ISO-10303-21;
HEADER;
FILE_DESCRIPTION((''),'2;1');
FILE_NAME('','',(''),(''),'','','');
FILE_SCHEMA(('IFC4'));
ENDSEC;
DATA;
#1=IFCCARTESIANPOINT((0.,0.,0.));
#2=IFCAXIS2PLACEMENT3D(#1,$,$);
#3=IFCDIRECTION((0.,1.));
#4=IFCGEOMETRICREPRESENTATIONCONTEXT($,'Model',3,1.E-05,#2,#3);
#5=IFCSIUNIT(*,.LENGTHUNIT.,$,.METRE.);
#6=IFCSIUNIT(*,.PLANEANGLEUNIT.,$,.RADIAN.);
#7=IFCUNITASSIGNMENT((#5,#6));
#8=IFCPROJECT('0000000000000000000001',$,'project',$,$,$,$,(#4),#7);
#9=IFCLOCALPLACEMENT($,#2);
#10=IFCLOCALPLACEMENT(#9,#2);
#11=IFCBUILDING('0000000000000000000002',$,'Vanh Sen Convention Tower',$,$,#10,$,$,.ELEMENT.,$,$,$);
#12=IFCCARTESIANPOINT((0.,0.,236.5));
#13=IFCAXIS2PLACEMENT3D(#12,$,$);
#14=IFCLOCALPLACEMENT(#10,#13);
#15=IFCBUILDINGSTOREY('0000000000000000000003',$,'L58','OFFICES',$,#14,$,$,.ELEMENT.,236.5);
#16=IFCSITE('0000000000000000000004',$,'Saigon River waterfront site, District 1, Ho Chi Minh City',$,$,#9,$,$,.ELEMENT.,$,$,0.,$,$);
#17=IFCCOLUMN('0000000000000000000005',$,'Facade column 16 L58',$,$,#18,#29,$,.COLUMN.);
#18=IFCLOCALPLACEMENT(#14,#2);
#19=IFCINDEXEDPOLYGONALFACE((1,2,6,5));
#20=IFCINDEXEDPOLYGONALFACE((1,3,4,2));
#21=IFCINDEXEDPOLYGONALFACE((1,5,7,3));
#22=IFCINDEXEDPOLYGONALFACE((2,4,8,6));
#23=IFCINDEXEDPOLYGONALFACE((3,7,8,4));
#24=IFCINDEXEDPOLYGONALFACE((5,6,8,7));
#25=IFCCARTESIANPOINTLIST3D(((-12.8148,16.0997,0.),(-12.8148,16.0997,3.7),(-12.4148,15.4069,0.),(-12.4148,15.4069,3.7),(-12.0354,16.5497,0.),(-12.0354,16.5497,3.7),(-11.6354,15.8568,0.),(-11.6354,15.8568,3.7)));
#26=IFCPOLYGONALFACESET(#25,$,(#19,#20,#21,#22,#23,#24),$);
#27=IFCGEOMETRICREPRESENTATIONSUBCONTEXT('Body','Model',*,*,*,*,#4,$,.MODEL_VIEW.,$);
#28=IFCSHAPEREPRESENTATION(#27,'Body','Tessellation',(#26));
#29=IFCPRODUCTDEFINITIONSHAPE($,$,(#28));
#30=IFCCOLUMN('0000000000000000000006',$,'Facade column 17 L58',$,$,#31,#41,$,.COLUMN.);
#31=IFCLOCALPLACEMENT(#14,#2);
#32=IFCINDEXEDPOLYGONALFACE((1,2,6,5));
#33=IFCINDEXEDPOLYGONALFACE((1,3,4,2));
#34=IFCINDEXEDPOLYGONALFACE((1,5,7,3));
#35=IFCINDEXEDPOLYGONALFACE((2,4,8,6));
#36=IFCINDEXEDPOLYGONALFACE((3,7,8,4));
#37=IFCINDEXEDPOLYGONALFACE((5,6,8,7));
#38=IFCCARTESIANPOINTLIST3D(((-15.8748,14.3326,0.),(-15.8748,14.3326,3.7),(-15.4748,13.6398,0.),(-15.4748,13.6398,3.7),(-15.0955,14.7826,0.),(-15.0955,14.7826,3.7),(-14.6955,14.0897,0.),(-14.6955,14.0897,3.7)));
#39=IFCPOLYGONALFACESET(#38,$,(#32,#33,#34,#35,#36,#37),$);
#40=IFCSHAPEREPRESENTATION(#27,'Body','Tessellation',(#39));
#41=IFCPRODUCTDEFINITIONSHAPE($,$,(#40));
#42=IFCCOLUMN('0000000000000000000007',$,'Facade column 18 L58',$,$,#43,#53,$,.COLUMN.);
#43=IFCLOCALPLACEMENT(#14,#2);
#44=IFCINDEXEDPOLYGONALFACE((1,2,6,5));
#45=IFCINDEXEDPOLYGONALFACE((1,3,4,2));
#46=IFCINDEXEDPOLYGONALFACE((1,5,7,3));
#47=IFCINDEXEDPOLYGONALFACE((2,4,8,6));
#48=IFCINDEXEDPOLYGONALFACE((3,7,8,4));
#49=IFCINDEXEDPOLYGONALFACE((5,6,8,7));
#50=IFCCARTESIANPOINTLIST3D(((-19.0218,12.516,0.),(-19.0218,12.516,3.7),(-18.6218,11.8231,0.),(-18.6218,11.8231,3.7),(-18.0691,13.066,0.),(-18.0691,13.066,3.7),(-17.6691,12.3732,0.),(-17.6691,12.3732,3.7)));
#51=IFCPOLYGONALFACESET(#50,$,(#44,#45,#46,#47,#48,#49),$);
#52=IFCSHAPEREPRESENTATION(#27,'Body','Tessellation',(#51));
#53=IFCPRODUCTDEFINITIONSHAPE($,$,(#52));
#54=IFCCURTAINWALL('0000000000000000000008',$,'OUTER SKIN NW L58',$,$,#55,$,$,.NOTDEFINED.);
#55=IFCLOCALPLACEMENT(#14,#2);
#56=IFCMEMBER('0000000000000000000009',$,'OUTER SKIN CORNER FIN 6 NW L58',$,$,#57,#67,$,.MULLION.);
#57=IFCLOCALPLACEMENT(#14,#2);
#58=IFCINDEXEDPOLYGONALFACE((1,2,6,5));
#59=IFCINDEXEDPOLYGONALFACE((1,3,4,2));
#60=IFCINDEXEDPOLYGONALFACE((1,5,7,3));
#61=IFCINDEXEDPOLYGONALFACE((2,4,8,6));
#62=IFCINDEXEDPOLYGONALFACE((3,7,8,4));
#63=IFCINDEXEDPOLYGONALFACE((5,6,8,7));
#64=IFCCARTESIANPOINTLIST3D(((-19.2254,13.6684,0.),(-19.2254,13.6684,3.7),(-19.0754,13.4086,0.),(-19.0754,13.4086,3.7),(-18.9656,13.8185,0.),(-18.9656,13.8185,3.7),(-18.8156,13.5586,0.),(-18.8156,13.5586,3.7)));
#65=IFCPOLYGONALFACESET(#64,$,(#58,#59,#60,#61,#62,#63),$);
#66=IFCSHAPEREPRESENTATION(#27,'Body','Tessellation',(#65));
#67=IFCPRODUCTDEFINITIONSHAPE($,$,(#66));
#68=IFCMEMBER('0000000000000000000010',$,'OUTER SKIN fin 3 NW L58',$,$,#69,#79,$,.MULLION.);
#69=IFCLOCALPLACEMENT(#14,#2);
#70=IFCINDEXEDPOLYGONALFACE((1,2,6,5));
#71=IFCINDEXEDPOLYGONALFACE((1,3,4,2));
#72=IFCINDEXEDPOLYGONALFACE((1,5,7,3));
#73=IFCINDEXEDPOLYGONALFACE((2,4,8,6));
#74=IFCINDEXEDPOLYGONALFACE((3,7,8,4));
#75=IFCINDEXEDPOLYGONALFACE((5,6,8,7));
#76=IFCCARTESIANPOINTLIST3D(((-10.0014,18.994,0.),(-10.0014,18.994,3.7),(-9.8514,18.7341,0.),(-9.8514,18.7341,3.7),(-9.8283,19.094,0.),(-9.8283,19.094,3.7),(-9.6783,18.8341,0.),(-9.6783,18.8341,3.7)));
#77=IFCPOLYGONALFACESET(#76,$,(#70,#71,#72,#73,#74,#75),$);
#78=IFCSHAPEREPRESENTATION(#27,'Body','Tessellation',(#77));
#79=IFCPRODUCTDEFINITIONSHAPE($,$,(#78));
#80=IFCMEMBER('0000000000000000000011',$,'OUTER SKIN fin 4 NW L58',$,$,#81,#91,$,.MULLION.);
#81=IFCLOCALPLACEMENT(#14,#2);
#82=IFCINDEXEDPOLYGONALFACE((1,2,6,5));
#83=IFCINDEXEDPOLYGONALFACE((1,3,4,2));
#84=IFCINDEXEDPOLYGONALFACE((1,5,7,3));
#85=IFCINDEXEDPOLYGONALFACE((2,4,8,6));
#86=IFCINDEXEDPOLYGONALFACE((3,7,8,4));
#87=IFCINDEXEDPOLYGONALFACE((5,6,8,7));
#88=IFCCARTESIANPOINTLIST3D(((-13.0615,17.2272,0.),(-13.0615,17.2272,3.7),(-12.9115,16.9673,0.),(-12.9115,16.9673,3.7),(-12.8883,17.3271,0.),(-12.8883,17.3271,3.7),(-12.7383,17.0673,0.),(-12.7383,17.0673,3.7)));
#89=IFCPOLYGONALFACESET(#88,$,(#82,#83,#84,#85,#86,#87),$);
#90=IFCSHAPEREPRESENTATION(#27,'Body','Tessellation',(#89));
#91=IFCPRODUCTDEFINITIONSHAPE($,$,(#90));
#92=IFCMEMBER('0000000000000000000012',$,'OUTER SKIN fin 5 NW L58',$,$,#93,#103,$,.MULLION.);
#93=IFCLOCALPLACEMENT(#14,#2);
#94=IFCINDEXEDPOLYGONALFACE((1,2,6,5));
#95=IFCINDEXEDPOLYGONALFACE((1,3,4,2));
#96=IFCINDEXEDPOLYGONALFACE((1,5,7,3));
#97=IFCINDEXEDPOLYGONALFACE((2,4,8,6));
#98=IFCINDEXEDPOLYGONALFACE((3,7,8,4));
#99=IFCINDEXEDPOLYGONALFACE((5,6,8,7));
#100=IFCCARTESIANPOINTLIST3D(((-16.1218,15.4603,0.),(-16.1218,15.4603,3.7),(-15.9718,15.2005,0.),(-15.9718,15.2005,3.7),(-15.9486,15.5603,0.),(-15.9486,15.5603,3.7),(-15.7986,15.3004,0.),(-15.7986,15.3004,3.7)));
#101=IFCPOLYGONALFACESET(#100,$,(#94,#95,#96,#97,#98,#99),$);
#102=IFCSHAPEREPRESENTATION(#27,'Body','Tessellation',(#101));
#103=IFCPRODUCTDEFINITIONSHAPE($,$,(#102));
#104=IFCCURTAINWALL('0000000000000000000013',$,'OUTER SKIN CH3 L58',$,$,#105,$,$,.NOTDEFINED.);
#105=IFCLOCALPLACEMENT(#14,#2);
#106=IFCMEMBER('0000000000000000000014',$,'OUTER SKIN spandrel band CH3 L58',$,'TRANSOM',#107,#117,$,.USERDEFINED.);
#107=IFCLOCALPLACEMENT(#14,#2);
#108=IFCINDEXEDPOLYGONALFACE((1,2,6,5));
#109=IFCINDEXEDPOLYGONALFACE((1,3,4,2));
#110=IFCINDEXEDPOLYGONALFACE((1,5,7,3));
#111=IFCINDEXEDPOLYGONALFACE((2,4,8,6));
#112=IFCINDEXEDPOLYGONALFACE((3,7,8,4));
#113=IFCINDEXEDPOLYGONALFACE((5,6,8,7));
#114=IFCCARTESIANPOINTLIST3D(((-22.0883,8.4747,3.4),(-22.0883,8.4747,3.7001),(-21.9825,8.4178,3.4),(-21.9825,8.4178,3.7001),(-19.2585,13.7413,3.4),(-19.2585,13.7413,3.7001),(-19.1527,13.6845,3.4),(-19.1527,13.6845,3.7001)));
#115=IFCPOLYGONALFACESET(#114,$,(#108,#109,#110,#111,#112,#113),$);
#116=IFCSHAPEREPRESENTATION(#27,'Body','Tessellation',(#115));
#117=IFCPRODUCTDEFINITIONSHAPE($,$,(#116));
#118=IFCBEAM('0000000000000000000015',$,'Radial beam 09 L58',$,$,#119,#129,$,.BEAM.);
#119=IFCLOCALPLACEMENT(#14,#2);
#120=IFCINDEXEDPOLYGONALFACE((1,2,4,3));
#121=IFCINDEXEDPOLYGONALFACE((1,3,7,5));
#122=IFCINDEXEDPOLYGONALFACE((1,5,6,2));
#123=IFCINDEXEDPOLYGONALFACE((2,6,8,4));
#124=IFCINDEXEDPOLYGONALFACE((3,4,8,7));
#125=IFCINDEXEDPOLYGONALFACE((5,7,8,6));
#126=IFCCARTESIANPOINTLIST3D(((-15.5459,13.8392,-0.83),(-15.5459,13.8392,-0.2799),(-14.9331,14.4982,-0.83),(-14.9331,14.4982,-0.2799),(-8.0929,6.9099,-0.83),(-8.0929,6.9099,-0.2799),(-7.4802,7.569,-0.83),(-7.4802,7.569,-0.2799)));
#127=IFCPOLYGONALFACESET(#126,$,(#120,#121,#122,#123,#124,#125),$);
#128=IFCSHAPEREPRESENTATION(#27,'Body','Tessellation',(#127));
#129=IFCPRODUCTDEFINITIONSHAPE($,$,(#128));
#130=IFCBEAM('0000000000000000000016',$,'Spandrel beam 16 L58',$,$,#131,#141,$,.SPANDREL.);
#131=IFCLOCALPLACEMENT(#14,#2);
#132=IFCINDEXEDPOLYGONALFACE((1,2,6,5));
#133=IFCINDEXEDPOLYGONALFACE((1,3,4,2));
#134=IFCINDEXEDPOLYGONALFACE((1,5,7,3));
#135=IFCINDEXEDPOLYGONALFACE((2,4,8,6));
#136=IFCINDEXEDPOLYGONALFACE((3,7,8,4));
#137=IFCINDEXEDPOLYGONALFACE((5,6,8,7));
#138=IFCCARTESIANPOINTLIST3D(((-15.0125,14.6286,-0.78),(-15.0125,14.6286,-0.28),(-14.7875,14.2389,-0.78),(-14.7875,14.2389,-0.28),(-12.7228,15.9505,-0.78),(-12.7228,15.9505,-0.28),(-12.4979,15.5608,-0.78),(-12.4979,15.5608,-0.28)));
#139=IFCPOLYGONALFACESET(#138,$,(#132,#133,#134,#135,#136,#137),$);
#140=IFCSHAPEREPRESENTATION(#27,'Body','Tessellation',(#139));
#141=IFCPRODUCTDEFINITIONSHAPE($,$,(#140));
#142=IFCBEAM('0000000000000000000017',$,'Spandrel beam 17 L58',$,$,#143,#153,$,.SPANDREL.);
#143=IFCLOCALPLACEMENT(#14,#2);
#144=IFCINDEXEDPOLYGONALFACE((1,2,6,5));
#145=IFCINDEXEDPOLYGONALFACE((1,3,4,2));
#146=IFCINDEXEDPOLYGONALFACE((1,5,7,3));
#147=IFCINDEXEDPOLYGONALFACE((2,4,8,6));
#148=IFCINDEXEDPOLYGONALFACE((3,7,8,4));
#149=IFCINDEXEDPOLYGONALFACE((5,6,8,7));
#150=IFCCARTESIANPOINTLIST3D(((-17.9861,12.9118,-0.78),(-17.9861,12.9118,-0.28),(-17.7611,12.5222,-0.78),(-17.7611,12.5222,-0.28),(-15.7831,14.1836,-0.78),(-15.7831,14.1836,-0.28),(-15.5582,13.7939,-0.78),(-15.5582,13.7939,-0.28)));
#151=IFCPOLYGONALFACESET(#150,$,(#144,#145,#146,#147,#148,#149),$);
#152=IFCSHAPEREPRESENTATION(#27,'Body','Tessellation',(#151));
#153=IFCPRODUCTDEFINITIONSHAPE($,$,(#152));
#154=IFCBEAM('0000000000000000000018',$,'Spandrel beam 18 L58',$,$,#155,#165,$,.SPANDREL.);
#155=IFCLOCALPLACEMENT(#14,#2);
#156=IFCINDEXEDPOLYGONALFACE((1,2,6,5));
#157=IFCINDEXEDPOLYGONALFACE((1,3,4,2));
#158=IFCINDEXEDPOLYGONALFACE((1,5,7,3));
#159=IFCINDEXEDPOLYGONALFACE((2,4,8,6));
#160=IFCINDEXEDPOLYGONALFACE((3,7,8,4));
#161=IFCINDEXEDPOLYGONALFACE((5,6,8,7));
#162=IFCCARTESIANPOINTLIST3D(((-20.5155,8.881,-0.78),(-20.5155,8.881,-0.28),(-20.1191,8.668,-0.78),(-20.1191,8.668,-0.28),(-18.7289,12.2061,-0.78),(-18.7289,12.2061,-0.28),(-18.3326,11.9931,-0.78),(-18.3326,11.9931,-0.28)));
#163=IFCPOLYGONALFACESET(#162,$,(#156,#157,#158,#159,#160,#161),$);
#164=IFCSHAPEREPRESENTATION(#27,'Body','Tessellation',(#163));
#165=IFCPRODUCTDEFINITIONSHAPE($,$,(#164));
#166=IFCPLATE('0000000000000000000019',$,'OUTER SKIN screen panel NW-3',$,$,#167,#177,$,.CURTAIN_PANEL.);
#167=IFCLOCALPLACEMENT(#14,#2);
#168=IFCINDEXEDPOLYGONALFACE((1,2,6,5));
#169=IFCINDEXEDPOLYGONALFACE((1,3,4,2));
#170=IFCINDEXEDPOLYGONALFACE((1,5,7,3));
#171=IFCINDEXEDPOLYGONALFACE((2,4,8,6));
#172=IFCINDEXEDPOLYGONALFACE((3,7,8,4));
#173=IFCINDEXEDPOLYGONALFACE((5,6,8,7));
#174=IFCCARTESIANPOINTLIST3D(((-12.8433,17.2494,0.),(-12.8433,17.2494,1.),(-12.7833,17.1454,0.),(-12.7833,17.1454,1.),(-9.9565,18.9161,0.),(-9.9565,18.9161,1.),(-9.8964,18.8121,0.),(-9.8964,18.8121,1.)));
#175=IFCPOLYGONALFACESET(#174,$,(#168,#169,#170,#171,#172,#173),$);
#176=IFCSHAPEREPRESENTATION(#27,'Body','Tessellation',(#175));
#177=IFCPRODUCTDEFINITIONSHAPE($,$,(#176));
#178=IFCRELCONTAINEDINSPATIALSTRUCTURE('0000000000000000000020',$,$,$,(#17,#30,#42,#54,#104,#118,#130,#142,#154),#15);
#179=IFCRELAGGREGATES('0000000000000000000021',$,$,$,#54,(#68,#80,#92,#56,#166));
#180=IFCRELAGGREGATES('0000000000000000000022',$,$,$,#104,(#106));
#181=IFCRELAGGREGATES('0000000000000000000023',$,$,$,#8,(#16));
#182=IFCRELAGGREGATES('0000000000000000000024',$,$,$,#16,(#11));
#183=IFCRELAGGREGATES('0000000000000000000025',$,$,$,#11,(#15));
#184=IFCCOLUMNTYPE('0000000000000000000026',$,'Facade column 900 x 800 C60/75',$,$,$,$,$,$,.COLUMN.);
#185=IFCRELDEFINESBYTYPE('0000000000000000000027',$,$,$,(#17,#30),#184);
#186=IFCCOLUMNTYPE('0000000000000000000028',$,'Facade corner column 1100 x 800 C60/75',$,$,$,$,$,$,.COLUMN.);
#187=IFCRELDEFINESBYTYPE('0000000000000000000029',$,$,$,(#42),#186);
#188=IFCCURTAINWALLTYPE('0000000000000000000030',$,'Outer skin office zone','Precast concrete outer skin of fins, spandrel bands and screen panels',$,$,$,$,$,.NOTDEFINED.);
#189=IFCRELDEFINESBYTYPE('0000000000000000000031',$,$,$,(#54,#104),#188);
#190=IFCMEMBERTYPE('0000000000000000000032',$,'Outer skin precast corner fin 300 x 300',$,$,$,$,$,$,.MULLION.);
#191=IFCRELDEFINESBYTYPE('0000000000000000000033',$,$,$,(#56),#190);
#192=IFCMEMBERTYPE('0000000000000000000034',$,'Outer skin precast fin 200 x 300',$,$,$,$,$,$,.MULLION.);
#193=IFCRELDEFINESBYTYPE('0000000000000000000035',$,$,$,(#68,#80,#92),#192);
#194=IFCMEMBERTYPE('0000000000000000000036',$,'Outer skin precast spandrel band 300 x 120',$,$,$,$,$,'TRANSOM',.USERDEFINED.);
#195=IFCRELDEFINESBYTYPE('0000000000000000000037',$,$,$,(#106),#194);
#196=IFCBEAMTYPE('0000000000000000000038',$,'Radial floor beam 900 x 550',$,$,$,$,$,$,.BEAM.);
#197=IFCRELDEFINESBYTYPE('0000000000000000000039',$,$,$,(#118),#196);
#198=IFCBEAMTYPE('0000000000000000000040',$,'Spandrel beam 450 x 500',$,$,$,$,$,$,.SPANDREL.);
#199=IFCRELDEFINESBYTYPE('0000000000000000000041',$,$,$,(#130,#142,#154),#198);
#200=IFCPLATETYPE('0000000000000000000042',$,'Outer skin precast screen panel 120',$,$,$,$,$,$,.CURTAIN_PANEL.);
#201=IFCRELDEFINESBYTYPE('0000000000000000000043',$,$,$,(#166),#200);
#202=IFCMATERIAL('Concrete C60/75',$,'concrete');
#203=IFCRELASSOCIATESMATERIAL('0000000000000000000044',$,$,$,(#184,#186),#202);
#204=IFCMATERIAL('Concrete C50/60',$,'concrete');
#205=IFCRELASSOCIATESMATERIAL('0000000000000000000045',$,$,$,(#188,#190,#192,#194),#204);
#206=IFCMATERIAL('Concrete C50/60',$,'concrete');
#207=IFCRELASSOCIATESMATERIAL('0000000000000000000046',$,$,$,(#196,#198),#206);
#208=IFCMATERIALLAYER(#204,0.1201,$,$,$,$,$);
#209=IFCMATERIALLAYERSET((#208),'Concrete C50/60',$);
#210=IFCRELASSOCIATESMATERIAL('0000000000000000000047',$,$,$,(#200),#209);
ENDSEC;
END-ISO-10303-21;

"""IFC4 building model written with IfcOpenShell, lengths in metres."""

from ifc_helpers import new_model, si_unit, direction, frame, origin, origin_2d, place, context, subcontext, project, spatial, rectangle, extrude, material, layer, layer_set, material_profile, profile_set, type_object, element, aggregate, save


model = new_model("IFC4")

# Units and contexts
model_context = context("Model", 3, precision=1e-05, world=origin(), true_north=direction((0.0, 1.0)))
body_context = subcontext(model_context, "Body", "Model", "MODEL_VIEW")
ifc_project = project(units=[si_unit("LENGTHUNIT", "METRE"), si_unit("PLANEANGLEUNIT", "RADIAN")], contexts=[model_context])

# Site, building, storey
site_placement = place(None, origin())
site = spatial("IfcSite", under=ifc_project, at=site_placement, Name="Saigon River waterfront site, District 1, Ho Chi Minh City", CompositionType="ELEMENT", RefElevation=0.0)
building_placement = place(site_placement, origin())
building = spatial("IfcBuilding", under=site, at=building_placement, Name="Vanh Sen Convention Tower", CompositionType="ELEMENT")
storey_placement = place(building_placement, frame((0.0, 0.0, 236.5)))
storey = spatial("IfcBuildingStorey", under=building, at=storey_placement, Name="L58", Description="OFFICES", CompositionType="ELEMENT", Elevation=236.5)

# Columns
ifc_material_1 = material(Name="Concrete C60/75", Category="concrete")
ifc_material_profile_1 = material_profile(ifc_material_1, rectangle(XDim=0.8999, YDim=0.8, at=origin_2d()), Name="RC 900X800")
ifc_profile_set_1 = profile_set([ifc_material_profile_1], Name="Concrete C60/75")
column_type_1 = type_object("IfcColumnType", Name="Facade column 900 x 800 C60/75", PredefinedType="COLUMN", material=ifc_profile_set_1)
for number, where, z_axis, x_axis, name in (
    (1, (-12.2251, 15.9783, 0.0), (0.0, 0.0, 1.0), (-0.866025, -0.5, 0.0), "Facade column 16 L58"),
    (2, (-15.2852, 14.2112, 0.0), (0.0, 0.0, 1.0), (-0.866025, -0.5, 0.0), "Facade column 17 L58"),
):
    element("IfcColumn", number, at=place(storey_placement, frame(where, z_axis=z_axis, x_axis=x_axis)), inside=storey, type_object=column_type_1, Name=name, PredefinedType="COLUMN", context=body_context, shape_type="SweptSolid", body=[
        extrude(rectangle(XDim=0.8999, YDim=0.8, at=origin_2d()), origin(), (0.0, 0.0, 1.0), 3.7),
    ])
ifc_material_profile_2 = material_profile(ifc_material_1, rectangle(XDim=1.1001, YDim=0.8, at=origin_2d()), Name="RC 1100X800")
ifc_profile_set_2 = profile_set([ifc_material_profile_2], Name="Concrete C60/75")
column_type_2 = type_object("IfcColumnType", Name="Facade corner column 1100 x 800 C60/75", PredefinedType="COLUMN", material=ifc_profile_set_2)
column_placement = place(storey_placement, frame((-18.3455, 12.4446, 0.0), z_axis=(0.0, 0.0, 1.0), x_axis=(-0.866025, -0.5, 0.0)))
element("IfcColumn", 3, at=column_placement, inside=storey, type_object=column_type_2, Name="Facade column 18 L58", PredefinedType="COLUMN", context=body_context, shape_type="SweptSolid", body=[
    extrude(rectangle(XDim=1.1001, YDim=0.8, at=origin_2d()), origin(), (0.0, 0.0, 1.0), 3.7),
])

# Curtain wall, members
ifc_material_2 = material(Name="Concrete C50/60", Category="concrete")
curtain_wall_type = type_object("IfcCurtainWallType", Name="Outer skin office zone", Description="Precast concrete outer skin of fins, spandrel bands and screen panels", PredefinedType="NOTDEFINED", material=ifc_material_2)
curtain_wall_1_placement = place(storey_placement, origin())
curtain_wall_1 = element("IfcCurtainWall", 4, at=curtain_wall_1_placement, inside=storey, type_object=curtain_wall_type, Name="OUTER SKIN NW L58", PredefinedType="NOTDEFINED")
ifc_material_profile_3 = material_profile(ifc_material_2, rectangle(XDim=0.3, YDim=0.3, at=origin_2d()), Name="Outer skin precast corner fin 300 x 300")
ifc_profile_set_3 = profile_set([ifc_material_profile_3], Name="Concrete C50/60")
member_type_1 = type_object("IfcMemberType", Name="Outer skin precast corner fin 300 x 300", PredefinedType="MULLION", material=ifc_profile_set_3)
member_1_placement = place(storey_placement, frame((-19.0205, 13.6135, 0.0), z_axis=(0.0, 0.0, 1.0), x_axis=(-0.866025, -0.5, 0.0)))
member_1 = element("IfcMember", 5, at=member_1_placement, type_object=member_type_1, Name="OUTER SKIN CORNER FIN 6 NW L58", PredefinedType="MULLION", context=body_context, shape_type="SweptSolid", body=[
    extrude(rectangle(XDim=0.3, YDim=0.3, at=origin_2d()), origin(), (0.0, 0.0, 1.0), 3.7),
])
ifc_material_profile_4 = material_profile(ifc_material_2, rectangle(XDim=0.2, YDim=0.3, at=origin_2d()), Name="Outer skin precast fin 200 x 300")
ifc_profile_set_4 = profile_set([ifc_material_profile_4], Name="Concrete C50/60")
member_type_2 = type_object("IfcMemberType", Name="Outer skin precast fin 200 x 300", PredefinedType="MULLION", material=ifc_profile_set_4)
member_2_placement = place(storey_placement, frame((-9.8398, 18.9141, 0.0), z_axis=(0.0, 0.0, 1.0), x_axis=(-0.866025, -0.5, 0.0)))
member_2 = element("IfcMember", 6, at=member_2_placement, type_object=member_type_2, Name="OUTER SKIN fin 3 NW L58", PredefinedType="MULLION", context=body_context, shape_type="SweptSolid", body=[
    extrude(rectangle(XDim=0.2, YDim=0.3, at=origin_2d()), origin(), (0.0, 0.0, 1.0), 3.7),
])
member_3_placement = place(storey_placement, frame((-12.8999, 17.1472, 0.0), z_axis=(0.0, 0.0, 1.0), x_axis=(-0.866025, -0.5, 0.0)))
member_3 = element("IfcMember", 7, at=member_3_placement, type_object=member_type_2, Name="OUTER SKIN fin 4 NW L58", PredefinedType="MULLION", context=body_context, shape_type="SweptSolid", body=[
    extrude(rectangle(XDim=0.2, YDim=0.3, at=origin_2d()), origin(), (0.0, 0.0, 1.0), 3.7),
])
member_4_placement = place(storey_placement, frame((-15.9602, 15.3804, 0.0), z_axis=(0.0, 0.0, 1.0), x_axis=(-0.866025, -0.5, 0.0)))
member_4 = element("IfcMember", 8, at=member_4_placement, type_object=member_type_2, Name="OUTER SKIN fin 5 NW L58", PredefinedType="MULLION", context=body_context, shape_type="SweptSolid", body=[
    extrude(rectangle(XDim=0.2, YDim=0.3, at=origin_2d()), origin(), (0.0, 0.0, 1.0), 3.7),
])

# Curtain wall, member
curtain_wall_2_placement = place(storey_placement, origin())
curtain_wall_2 = element("IfcCurtainWall", 9, at=curtain_wall_2_placement, inside=storey, type_object=curtain_wall_type, Name="OUTER SKIN CH3 L58", PredefinedType="NOTDEFINED")
ifc_material_profile_5 = material_profile(ifc_material_2, rectangle(XDim=0.1201, YDim=0.3, at=origin_2d()), Name="Outer skin precast spandrel band 300 x 120")
ifc_profile_set_5 = profile_set([ifc_material_profile_5], Name="Concrete C50/60")
member_type_3 = type_object("IfcMemberType", Name="Outer skin precast spandrel band 300 x 120", ElementType="TRANSOM", PredefinedType="USERDEFINED", material=ifc_profile_set_5)
member_5_placement = place(storey_placement, frame((-19.2056, 13.7129, 3.55), z_axis=(-0.473318, -0.880892, 0.0), x_axis=(0.880892, -0.473318, 0.0)))
member_5 = element("IfcMember", 10, at=member_5_placement, type_object=member_type_3, Name="OUTER SKIN spandrel band CH3 L58", ObjectType="TRANSOM", PredefinedType="USERDEFINED", context=body_context, shape_type="SweptSolid", body=[
    extrude(rectangle(XDim=0.1201, YDim=0.3, at=origin_2d()), origin(), (0.0, 0.0, 1.0), 5.9788),
])

# Beams
ifc_material_3 = material(Name="Concrete C50/60", Category="concrete")
ifc_material_profile_6 = material_profile(ifc_material_3, rectangle(XDim=0.8999, YDim=0.55, at=origin_2d()), Name="RC 900X550")
ifc_profile_set_6 = profile_set([ifc_material_profile_6], Name="Concrete C50/60")
beam_type_1 = type_object("IfcBeamType", Name="Radial floor beam 900 x 550", PredefinedType="BEAM", material=ifc_profile_set_6)
beam_1_placement = place(storey_placement, frame((-15.2395, 14.1687, -0.5549), z_axis=(0.732369, -0.680908, 0.0), x_axis=(0.680908, 0.732369, 0.0)))
element("IfcBeam", 11, at=beam_1_placement, inside=storey, type_object=beam_type_1, Name="Radial beam 09 L58", PredefinedType="BEAM", context=body_context, shape_type="SweptSolid", body=[
    extrude(rectangle(XDim=0.8999, YDim=0.55, at=origin_2d()), origin(), (0.0, 0.0, 1.0), 10.1765),
])
ifc_material_profile_7 = material_profile(ifc_material_3, rectangle(XDim=0.45, YDim=0.5, at=origin_2d()), Name="RC 450X500")
ifc_profile_set_7 = profile_set([ifc_material_profile_7], Name="Concrete C50/60")
beam_type_2 = type_object("IfcBeamType", Name="Spandrel beam 450 x 500", PredefinedType="SPANDREL", material=ifc_profile_set_7)
beam_2_placement = place(storey_placement, frame((-12.6104, 15.7556, -0.53), z_axis=(-0.866041, -0.499973, 0.0), x_axis=(0.499973, -0.866041, 0.0)))
element("IfcBeam", 12, at=beam_2_placement, inside=storey, type_object=beam_type_2, Name="Spandrel beam 16 L58", PredefinedType="SPANDREL", context=body_context, shape_type="SweptSolid", body=[
    extrude(rectangle(XDim=0.45, YDim=0.5, at=origin_2d()), origin(), (0.0, 0.0, 1.0), 2.6438),
])
beam_3_placement = place(storey_placement, frame((-15.6707, 13.9888, -0.53), z_axis=(-0.866043, -0.499969, 0.0), x_axis=(0.499969, -0.866043, 0.0)))
element("IfcBeam", 13, at=beam_3_placement, inside=storey, type_object=beam_type_2, Name="Spandrel beam 17 L58", PredefinedType="SPANDREL", context=body_context, shape_type="SweptSolid", body=[
    extrude(rectangle(XDim=0.45, YDim=0.5, at=origin_2d()), origin(), (0.0, 0.0, 1.0), 2.5437),
])
beam_4_placement = place(storey_placement, frame((-18.5308, 12.0996, -0.53), z_axis=(-0.473305, -0.880899, 0.0), x_axis=(0.880899, -0.473305, 0.0)))
element("IfcBeam", 14, at=beam_4_placement, inside=storey, type_object=beam_type_2, Name="Spandrel beam 18 L58", PredefinedType="SPANDREL", context=body_context, shape_type="SweptSolid", body=[
    extrude(rectangle(XDim=0.45, YDim=0.5, at=origin_2d()), origin(), (0.0, 0.0, 1.0), 3.7747),
])

# Plate
ifc_layer_1 = layer(ifc_material_2, 0.1201)
ifc_layer_set_1 = layer_set([ifc_layer_1], Name="Concrete C50/60")
plate_type = type_object("IfcPlateType", Name="Outer skin precast screen panel 120", PredefinedType="CURTAIN_PANEL", material=ifc_layer_set_1)
plate_1_placement = place(storey_placement, frame((-11.3699, 18.0308, 0.0), z_axis=(0.0, 0.0, 1.0), x_axis=(-0.866026, -0.499998, 0.0)))
plate_1 = element("IfcPlate", 15, at=plate_1_placement, type_object=plate_type, Name="OUTER SKIN screen panel NW-3", PredefinedType="CURTAIN_PANEL", context=body_context, shape_type="SweptSolid", body=[
    extrude(rectangle(XDim=3.3335, YDim=0.1201, at=origin_2d()), origin(), (0.0, 0.0, 1.0), 1.0),
])
aggregate(curtain_wall_1, [member_2, member_3, member_4, member_1, plate_1])
aggregate(curtain_wall_2, [member_5])

save(model, "model.ifc")
